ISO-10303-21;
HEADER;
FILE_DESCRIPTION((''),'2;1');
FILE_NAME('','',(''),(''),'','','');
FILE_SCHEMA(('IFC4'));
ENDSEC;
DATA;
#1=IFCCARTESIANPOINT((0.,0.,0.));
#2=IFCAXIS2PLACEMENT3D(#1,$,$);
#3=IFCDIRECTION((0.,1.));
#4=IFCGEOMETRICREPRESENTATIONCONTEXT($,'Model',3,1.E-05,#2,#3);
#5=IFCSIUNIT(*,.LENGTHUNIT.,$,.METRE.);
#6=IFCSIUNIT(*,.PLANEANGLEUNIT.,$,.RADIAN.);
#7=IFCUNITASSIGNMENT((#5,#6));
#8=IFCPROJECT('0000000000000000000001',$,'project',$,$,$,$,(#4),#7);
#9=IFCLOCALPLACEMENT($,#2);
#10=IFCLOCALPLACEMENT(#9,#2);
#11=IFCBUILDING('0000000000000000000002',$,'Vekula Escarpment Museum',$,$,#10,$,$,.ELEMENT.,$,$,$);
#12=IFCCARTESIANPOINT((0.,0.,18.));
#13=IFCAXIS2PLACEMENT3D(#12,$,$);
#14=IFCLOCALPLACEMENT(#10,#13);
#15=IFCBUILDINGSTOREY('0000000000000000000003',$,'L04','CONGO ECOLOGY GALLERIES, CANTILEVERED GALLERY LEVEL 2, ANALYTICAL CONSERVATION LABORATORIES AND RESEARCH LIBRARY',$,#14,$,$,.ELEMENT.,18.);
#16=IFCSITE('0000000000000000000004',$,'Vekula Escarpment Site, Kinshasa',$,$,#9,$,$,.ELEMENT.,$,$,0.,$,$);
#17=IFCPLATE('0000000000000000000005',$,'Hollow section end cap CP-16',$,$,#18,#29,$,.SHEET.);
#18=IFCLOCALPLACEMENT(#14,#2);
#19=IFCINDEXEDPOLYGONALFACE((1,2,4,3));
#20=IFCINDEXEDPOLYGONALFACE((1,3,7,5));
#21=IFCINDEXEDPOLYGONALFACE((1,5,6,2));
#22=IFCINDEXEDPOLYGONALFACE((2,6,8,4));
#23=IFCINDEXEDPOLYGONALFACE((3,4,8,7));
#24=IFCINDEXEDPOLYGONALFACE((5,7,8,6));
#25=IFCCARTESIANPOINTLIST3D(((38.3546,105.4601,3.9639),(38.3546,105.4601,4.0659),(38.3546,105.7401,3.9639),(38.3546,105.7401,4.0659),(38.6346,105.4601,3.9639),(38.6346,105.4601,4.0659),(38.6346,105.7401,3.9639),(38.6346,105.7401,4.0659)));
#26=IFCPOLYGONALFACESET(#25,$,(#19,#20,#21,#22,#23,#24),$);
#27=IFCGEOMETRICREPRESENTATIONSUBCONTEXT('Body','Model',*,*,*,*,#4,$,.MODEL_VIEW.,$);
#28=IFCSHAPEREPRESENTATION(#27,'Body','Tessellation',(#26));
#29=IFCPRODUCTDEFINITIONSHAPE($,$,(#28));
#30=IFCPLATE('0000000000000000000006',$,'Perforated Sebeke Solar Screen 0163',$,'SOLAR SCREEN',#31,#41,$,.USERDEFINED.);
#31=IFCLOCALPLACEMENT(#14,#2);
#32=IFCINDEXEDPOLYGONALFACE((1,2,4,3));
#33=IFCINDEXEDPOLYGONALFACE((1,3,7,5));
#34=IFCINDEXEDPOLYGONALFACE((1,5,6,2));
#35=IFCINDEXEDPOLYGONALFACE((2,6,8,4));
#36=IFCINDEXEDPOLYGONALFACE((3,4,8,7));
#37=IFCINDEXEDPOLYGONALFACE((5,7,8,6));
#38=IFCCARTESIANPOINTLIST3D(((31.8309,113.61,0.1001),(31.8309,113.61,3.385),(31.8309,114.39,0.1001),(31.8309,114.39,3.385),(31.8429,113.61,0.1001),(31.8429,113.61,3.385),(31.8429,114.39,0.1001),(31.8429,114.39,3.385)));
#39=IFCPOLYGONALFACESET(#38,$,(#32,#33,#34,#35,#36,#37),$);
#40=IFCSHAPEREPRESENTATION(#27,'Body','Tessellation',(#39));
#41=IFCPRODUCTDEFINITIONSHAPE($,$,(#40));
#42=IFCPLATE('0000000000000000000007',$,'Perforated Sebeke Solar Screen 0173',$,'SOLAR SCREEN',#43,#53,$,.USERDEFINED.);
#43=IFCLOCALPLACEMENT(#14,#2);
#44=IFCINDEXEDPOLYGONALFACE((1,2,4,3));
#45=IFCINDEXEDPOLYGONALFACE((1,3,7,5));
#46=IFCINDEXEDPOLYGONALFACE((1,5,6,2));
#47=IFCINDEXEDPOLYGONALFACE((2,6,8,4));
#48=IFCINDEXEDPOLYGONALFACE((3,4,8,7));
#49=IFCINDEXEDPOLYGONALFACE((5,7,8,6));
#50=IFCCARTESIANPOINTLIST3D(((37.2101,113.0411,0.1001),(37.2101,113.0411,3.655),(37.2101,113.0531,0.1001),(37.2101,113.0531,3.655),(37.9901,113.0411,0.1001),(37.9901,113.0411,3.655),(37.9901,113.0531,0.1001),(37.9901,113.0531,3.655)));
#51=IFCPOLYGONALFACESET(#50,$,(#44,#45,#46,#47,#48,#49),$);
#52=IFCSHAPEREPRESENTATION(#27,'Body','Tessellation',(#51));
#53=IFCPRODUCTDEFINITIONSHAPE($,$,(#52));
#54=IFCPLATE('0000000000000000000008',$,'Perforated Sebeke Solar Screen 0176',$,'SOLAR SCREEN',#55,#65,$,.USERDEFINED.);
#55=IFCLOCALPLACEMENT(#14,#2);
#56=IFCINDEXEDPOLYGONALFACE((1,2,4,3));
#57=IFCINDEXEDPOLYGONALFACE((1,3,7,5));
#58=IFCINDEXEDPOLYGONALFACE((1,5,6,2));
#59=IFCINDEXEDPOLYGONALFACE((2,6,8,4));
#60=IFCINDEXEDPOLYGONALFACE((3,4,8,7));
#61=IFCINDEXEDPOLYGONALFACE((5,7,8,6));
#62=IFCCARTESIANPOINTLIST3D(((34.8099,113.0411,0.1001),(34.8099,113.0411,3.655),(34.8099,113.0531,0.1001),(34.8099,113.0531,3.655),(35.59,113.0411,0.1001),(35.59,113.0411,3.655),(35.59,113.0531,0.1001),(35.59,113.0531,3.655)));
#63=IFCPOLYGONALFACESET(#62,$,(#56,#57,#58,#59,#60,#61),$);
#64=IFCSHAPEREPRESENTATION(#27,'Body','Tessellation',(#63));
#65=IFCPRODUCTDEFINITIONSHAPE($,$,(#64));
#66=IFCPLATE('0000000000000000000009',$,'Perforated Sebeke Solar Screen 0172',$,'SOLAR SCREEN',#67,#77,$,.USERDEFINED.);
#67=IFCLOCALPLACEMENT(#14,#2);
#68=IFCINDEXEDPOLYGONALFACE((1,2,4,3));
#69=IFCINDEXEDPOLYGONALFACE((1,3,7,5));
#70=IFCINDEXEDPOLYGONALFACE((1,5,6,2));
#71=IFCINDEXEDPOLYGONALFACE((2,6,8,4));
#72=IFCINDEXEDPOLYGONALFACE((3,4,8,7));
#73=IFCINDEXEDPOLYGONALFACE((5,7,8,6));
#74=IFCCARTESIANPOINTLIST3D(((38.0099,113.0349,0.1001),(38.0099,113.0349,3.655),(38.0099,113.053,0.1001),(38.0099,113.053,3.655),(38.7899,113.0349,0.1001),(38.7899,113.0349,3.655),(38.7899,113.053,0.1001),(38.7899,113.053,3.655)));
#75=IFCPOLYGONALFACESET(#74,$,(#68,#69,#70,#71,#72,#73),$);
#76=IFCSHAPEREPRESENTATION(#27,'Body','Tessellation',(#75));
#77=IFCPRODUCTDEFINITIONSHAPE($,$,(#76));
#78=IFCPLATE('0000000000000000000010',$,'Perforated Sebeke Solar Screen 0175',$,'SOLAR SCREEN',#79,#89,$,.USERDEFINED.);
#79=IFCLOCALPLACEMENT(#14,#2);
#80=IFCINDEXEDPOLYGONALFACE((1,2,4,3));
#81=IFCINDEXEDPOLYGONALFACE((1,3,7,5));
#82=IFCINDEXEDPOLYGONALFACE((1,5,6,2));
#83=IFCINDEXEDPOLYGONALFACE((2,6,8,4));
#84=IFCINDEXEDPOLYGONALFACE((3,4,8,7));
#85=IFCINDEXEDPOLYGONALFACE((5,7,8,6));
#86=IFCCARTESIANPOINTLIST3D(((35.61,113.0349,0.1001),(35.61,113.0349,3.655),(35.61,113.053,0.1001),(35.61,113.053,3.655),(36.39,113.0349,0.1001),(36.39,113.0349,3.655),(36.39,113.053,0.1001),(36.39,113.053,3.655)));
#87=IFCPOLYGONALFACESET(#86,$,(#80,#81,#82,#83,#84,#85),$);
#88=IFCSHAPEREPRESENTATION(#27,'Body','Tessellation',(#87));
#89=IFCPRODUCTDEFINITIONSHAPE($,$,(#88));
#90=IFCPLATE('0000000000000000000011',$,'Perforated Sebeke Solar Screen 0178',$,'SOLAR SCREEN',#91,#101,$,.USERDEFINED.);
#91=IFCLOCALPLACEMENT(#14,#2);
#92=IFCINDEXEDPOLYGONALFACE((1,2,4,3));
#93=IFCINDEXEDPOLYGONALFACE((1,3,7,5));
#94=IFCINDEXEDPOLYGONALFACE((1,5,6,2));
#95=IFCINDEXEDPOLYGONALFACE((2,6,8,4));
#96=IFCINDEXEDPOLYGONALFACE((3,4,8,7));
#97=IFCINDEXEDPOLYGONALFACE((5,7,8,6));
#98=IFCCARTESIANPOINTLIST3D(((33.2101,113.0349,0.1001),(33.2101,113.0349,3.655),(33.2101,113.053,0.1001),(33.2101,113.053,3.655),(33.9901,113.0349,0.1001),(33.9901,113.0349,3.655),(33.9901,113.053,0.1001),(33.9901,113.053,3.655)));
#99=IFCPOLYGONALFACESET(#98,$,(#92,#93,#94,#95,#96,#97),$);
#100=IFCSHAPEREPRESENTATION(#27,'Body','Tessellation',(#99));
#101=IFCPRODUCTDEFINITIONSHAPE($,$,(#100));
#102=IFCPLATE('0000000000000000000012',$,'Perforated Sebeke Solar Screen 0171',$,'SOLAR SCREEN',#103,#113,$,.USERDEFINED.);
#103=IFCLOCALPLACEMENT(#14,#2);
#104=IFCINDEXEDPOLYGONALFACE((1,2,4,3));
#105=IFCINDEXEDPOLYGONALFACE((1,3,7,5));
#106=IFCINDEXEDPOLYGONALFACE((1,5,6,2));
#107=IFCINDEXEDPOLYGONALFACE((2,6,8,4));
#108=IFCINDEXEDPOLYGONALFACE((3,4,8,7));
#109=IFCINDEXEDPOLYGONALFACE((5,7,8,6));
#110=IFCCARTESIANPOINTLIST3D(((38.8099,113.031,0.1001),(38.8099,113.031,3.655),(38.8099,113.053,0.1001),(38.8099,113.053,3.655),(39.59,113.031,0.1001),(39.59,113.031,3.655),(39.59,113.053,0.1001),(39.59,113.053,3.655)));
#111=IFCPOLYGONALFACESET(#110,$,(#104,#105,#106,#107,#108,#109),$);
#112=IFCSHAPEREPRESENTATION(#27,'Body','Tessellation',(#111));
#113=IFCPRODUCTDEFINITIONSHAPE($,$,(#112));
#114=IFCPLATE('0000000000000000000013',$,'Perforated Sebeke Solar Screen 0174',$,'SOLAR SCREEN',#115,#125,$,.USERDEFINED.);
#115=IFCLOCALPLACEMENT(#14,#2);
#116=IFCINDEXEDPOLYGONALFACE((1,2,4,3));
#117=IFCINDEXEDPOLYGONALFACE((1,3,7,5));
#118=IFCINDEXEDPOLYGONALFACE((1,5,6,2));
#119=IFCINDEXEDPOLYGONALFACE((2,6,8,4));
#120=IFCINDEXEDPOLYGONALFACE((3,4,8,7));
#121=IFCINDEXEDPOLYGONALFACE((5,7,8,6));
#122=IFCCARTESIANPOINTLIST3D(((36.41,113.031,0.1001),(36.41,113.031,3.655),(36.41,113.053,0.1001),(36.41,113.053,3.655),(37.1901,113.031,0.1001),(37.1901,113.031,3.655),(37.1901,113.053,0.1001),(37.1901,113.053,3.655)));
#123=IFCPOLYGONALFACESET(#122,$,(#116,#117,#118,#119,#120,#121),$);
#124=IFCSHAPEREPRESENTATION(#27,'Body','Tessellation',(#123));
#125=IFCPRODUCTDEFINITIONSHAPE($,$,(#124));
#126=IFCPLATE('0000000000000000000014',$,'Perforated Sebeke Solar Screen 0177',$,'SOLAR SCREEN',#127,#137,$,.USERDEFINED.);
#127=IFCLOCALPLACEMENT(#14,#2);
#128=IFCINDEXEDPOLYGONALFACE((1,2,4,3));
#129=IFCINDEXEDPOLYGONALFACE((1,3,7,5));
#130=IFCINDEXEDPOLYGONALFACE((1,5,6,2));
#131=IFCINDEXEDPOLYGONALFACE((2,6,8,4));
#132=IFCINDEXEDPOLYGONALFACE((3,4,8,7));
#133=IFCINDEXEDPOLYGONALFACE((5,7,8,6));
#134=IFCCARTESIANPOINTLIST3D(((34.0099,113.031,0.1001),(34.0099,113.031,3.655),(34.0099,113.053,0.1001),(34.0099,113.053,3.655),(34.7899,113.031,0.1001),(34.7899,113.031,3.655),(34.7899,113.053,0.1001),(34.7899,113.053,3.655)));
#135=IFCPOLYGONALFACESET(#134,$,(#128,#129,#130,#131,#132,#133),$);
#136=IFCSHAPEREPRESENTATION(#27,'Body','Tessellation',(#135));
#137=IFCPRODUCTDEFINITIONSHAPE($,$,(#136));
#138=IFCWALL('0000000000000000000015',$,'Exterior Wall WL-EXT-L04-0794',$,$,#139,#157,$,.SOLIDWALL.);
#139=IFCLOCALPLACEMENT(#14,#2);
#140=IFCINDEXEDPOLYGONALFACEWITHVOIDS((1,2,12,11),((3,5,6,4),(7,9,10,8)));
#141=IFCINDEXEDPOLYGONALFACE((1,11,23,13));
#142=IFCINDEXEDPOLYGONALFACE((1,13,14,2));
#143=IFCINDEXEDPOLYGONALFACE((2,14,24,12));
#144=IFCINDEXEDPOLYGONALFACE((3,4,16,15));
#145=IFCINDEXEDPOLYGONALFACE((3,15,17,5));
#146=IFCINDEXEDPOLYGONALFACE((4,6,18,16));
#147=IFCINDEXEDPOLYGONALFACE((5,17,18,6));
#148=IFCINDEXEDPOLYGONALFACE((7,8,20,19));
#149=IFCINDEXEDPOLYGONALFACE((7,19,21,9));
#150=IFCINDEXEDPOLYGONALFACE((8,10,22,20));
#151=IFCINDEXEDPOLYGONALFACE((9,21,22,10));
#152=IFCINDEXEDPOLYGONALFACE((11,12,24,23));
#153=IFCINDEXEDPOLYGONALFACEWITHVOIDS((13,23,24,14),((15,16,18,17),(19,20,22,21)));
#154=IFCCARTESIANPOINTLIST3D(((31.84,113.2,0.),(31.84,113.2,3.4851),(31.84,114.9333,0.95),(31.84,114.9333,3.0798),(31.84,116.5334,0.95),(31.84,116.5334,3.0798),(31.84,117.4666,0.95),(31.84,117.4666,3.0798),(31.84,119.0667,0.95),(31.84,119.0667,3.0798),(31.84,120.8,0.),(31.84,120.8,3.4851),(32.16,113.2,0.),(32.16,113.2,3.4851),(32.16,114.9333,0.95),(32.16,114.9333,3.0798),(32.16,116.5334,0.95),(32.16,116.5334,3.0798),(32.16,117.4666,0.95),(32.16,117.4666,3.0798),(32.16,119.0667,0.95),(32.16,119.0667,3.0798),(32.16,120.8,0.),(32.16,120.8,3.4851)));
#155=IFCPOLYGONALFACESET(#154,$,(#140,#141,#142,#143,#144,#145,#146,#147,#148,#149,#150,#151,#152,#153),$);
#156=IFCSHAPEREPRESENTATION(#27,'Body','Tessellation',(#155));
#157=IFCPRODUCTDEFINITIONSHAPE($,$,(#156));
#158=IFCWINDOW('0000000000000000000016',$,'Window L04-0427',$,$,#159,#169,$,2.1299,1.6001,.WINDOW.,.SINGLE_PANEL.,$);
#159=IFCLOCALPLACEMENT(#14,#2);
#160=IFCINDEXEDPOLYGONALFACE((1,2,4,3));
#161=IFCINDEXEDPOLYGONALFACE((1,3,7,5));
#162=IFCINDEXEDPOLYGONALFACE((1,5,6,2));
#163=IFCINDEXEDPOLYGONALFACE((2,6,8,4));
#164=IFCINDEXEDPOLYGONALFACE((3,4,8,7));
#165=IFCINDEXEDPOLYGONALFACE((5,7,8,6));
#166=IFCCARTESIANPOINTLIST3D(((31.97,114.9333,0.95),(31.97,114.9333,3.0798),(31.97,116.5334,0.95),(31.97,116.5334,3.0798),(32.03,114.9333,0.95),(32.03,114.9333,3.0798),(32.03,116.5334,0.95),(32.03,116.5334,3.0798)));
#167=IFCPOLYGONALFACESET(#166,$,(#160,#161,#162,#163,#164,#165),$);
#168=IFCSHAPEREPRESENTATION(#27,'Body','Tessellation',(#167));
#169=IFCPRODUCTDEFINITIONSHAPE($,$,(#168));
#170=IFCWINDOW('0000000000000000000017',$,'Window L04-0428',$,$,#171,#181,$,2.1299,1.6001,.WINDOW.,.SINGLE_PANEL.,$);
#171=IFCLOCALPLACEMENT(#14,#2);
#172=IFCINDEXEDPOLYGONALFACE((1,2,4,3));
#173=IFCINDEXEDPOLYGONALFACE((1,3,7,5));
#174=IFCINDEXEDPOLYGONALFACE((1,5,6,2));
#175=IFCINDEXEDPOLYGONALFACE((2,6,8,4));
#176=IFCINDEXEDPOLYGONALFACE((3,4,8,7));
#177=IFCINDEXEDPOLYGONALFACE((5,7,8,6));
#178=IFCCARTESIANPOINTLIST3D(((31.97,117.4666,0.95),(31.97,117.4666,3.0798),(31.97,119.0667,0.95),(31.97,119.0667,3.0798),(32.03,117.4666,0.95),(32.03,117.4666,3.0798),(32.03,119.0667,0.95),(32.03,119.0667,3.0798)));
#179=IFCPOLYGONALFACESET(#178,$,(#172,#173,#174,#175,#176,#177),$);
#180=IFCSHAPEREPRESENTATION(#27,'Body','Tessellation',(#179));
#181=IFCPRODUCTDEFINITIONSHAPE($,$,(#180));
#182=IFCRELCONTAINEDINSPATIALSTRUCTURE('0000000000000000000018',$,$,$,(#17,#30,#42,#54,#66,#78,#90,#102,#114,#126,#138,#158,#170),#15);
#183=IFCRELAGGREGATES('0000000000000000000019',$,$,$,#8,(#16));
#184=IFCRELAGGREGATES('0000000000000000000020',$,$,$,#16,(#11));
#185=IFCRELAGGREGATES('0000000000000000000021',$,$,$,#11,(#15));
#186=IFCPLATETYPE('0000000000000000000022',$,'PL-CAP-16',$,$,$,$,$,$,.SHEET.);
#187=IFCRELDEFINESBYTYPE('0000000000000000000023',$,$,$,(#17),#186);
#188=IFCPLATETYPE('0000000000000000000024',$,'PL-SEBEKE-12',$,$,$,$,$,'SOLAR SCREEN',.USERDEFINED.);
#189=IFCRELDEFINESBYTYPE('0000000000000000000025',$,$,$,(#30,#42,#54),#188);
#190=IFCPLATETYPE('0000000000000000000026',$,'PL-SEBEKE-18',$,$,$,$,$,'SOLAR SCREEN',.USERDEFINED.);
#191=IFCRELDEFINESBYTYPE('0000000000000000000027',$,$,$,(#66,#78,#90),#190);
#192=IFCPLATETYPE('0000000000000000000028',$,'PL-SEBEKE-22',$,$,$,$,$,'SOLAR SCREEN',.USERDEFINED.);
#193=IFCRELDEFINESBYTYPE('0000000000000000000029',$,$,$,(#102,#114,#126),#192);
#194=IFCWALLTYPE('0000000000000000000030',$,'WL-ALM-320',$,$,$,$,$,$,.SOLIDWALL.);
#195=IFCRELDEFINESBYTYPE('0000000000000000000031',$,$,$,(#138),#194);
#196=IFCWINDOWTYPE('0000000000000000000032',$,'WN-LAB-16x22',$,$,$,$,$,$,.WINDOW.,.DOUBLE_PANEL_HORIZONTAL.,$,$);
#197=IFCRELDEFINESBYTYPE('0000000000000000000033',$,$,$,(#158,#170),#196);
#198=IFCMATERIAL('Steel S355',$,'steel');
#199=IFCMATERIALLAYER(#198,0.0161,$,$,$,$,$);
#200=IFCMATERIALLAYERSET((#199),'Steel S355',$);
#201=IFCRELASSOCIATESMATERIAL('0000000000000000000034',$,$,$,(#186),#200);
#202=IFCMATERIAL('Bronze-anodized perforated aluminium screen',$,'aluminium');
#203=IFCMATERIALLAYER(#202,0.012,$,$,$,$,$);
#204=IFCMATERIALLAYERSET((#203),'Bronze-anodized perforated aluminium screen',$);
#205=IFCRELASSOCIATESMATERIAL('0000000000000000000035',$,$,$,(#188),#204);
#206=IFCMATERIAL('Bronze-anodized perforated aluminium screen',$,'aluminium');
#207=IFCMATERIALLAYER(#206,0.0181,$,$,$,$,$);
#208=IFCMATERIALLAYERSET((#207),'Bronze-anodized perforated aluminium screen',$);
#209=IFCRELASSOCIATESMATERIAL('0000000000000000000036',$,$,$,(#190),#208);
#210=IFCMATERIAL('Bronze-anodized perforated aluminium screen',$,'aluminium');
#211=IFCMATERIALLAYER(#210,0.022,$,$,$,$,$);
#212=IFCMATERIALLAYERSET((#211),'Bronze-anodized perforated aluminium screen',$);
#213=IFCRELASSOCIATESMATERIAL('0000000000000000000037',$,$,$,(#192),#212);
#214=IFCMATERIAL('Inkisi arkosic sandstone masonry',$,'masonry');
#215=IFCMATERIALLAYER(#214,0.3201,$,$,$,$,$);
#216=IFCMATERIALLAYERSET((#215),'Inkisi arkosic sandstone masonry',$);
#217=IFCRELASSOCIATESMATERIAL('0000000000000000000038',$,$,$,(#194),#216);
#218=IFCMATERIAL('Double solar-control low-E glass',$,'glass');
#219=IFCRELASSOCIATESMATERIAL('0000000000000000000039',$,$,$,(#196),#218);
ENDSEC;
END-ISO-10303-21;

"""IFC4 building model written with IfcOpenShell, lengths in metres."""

from ifc_helpers import new_model, si_unit, direction, frame, frame_2d, origin, origin_2d, place, context, subcontext, project, spatial, rectangle, extrude, material, layer, layer_set, type_object, element, fill, save


model = new_model("IFC4")

# Units and contexts
model_context = context("Model", 3, precision=1e-05, world=origin(), true_north=direction((0.0, 1.0)))
body_context = subcontext(model_context, "Body", "Model", "MODEL_VIEW")
ifc_project = project(units=[si_unit("LENGTHUNIT", "METRE"), si_unit("PLANEANGLEUNIT", "RADIAN")], contexts=[model_context])

# Site, building, storey
site_placement = place(None, origin())
site = spatial("IfcSite", under=ifc_project, at=site_placement, Name="Vekula Escarpment Site, Kinshasa", CompositionType="ELEMENT", RefElevation=0.0)
building_placement = place(site_placement, origin())
building = spatial("IfcBuilding", under=site, at=building_placement, Name="Vekula Escarpment Museum", CompositionType="ELEMENT")
storey_placement = place(building_placement, frame((0.0, 0.0, 18.0)))
storey = spatial("IfcBuildingStorey", under=building, at=storey_placement, Name="L04", Description="CONGO ECOLOGY GALLERIES, CANTILEVERED GALLERY LEVEL 2, ANALYTICAL CONSERVATION LABORATORIES AND RESEARCH LIBRARY", CompositionType="ELEMENT", Elevation=18.0)

# Plates
ifc_material_1 = material(Name="Steel S355", Category="steel")
ifc_layer_1 = layer(ifc_material_1, 0.0161)
ifc_layer_set_1 = layer_set([ifc_layer_1], Name="Steel S355")
plate_type_1 = type_object("IfcPlateType", Name="PL-CAP-16", PredefinedType="SHEET", material=ifc_layer_set_1)
for number, where, z_axis, x_axis, name in (
    (1, (38.4946, 105.6001, 3.9639), (0.0, 0.0, 1.0), (1.0, 0.0, 0.0), "Hollow section end cap CP-16"),
):
    element("IfcPlate", number, at=place(storey_placement, frame(where, z_axis=z_axis, x_axis=x_axis)), inside=storey, type_object=plate_type_1, Name=name, PredefinedType="SHEET", context=body_context, shape_type="SweptSolid", body=[
        extrude(rectangle(XDim=0.28, YDim=0.28, at=origin_2d()), origin(), (0.0, 0.0, 1.0), 0.1021),
    ])
ifc_material_2 = material(Name="Bronze-anodized perforated aluminium screen", Category="aluminium")
ifc_layer_2 = layer(ifc_material_2, 0.012)
ifc_layer_set_2 = layer_set([ifc_layer_2], Name="Bronze-anodized perforated aluminium screen")
plate_type_2 = type_object("IfcPlateType", Name="PL-SEBEKE-12", ElementType="SOLAR SCREEN", PredefinedType="USERDEFINED", material=ifc_layer_set_2)
plate_placement = place(storey_placement, frame((31.8369, 114.0, 0.1001), z_axis=(0.0, 0.0, 1.0), x_axis=(0.0, 1.0, 0.0)))
element("IfcPlate", 2, at=plate_placement, inside=storey, type_object=plate_type_2, Name="Perforated Sebeke Solar Screen 0163", ObjectType="SOLAR SCREEN", PredefinedType="USERDEFINED", context=body_context, shape_type="SweptSolid", body=[
    extrude(rectangle(XDim=0.78, YDim=0.012, at=origin_2d()), origin(), (0.0, 0.0, 1.0), 3.2849),
])
for number, where, z_axis, x_axis, name in (
    (3, (37.6001, 113.0471, 0.1001), (0.0, 0.0, 1.0), (1.0, 0.0, 0.0), "Perforated Sebeke Solar Screen 0173"),
    (4, (35.2, 113.0471, 0.1001), (0.0, 0.0, 1.0), (1.0, 0.0, 0.0), "Perforated Sebeke Solar Screen 0176"),
):
    element("IfcPlate", number, at=place(storey_placement, frame(where, z_axis=z_axis, x_axis=x_axis)), inside=storey, type_object=plate_type_2, Name=name, ObjectType="SOLAR SCREEN", PredefinedType="USERDEFINED", context=body_context, shape_type="SweptSolid", body=[
        extrude(rectangle(XDim=0.78, YDim=0.012, at=origin_2d()), origin(), (0.0, 0.0, 1.0), 3.5549),
    ])
ifc_material_3 = material(Name="Bronze-anodized perforated aluminium screen", Category="aluminium")
ifc_layer_3 = layer(ifc_material_3, 0.0181)
ifc_layer_set_3 = layer_set([ifc_layer_3], Name="Bronze-anodized perforated aluminium screen")
plate_type_3 = type_object("IfcPlateType", Name="PL-SEBEKE-18", ElementType="SOLAR SCREEN", PredefinedType="USERDEFINED", material=ifc_layer_set_3)
for number, where, z_axis, x_axis, name in (
    (5, (38.3999, 113.0439, 0.1001), (0.0, 0.0, 1.0), (1.0, 0.0, 0.0), "Perforated Sebeke Solar Screen 0172"),
    (6, (36.0, 113.0439, 0.1001), (0.0, 0.0, 1.0), (1.0, 0.0, 0.0), "Perforated Sebeke Solar Screen 0175"),
    (7, (33.6001, 113.0439, 0.1001), (0.0, 0.0, 1.0), (1.0, 0.0, 0.0), "Perforated Sebeke Solar Screen 0178"),
):
    element("IfcPlate", number, at=place(storey_placement, frame(where, z_axis=z_axis, x_axis=x_axis)), inside=storey, type_object=plate_type_3, Name=name, ObjectType="SOLAR SCREEN", PredefinedType="USERDEFINED", context=body_context, shape_type="SweptSolid", body=[
        extrude(rectangle(XDim=0.78, YDim=0.0181, at=origin_2d()), origin(), (0.0, 0.0, 1.0), 3.5549),
    ])
ifc_material_4 = material(Name="Bronze-anodized perforated aluminium screen", Category="aluminium")
ifc_layer_4 = layer(ifc_material_4, 0.022)
ifc_layer_set_4 = layer_set([ifc_layer_4], Name="Bronze-anodized perforated aluminium screen")
plate_type_4 = type_object("IfcPlateType", Name="PL-SEBEKE-22", ElementType="SOLAR SCREEN", PredefinedType="USERDEFINED", material=ifc_layer_set_4)
for number, where, z_axis, x_axis, name in (
    (8, (39.2, 113.042, 0.1001), (0.0, 0.0, 1.0), (1.0, 0.0, 0.0), "Perforated Sebeke Solar Screen 0171"),
    (9, (36.8, 113.042, 0.1001), (0.0, 0.0, 1.0), (1.0, 0.0, 0.0), "Perforated Sebeke Solar Screen 0174"),
    (10, (34.3999, 113.042, 0.1001), (0.0, 0.0, 1.0), (1.0, 0.0, 0.0), "Perforated Sebeke Solar Screen 0177"),
):
    element("IfcPlate", number, at=place(storey_placement, frame(where, z_axis=z_axis, x_axis=x_axis)), inside=storey, type_object=plate_type_4, Name=name, ObjectType="SOLAR SCREEN", PredefinedType="USERDEFINED", context=body_context, shape_type="SweptSolid", body=[
        extrude(rectangle(XDim=0.78, YDim=0.022, at=origin_2d()), origin(), (0.0, 0.0, 1.0), 3.5549),
    ])

# Wall, openings, windows
ifc_material_5 = material(Name="Inkisi arkosic sandstone masonry", Category="masonry")
ifc_layer_5 = layer(ifc_material_5, 0.3201)
ifc_layer_set_5 = layer_set([ifc_layer_5], Name="Inkisi arkosic sandstone masonry")
wall_type = type_object("IfcWallType", Name="WL-ALM-320", PredefinedType="SOLIDWALL", material=ifc_layer_set_5)
wall_placement = place(storey_placement, frame((32.0, 113.2, 0.0), z_axis=(0.0, 0.0, 1.0), x_axis=(0.0, 1.0, 0.0)))
wall = element("IfcWall", 11, at=wall_placement, inside=storey, type_object=wall_type, Name="Exterior Wall WL-EXT-L04-0794", PredefinedType="SOLIDWALL", context=body_context, shape_type="SweptSolid", body=[
    extrude(rectangle(XDim=7.6001, YDim=0.3201, at=frame_2d((3.8, 0.0))), origin(), (0.0, 0.0, 1.0), 3.4851),
])
opening_1_placement = place(wall_placement, frame((1.7334, 0.0, 0.95)))
opening_1 = element("IfcOpeningElement", 12, at=opening_1_placement, cuts=wall, PredefinedType="OPENING", context=body_context, shape_type="SweptSolid", body=[
    extrude(rectangle(XDim=1.6001, YDim=2.1299, at=frame_2d((0.8, 1.0649))), frame((0.0, 0.1699, 0.0), z_axis=(0.0, -1.0, 0.0), x_axis=(1.0, 0.0, 0.0)), (0.0, 0.0, 1.0), 0.3401),
])
opening_2_placement = place(wall_placement, frame((4.2666, 0.0, 0.95)))
opening_2 = element("IfcOpeningElement", 13, at=opening_2_placement, cuts=wall, PredefinedType="OPENING", context=body_context, shape_type="SweptSolid", body=[
    extrude(rectangle(XDim=1.6001, YDim=2.1299, at=frame_2d((0.8, 1.0649))), frame((0.0, 0.1699, 0.0), z_axis=(0.0, -1.0, 0.0), x_axis=(1.0, 0.0, 0.0)), (0.0, 0.0, 1.0), 0.3401),
])
ifc_material_6 = material(Name="Double solar-control low-E glass", Category="glass")
window_type = type_object("IfcWindowType", Name="WN-LAB-16x22", PartitioningType="DOUBLE_PANEL_HORIZONTAL", PredefinedType="WINDOW", material=ifc_material_6)
window_1_placement = place(opening_1_placement, origin())
window_1 = element("IfcWindow", 14, at=window_1_placement, inside=storey, type_object=window_type, Name="Window L04-0427", OverallHeight=2.1299, OverallWidth=1.6001, PartitioningType="SINGLE_PANEL", PredefinedType="WINDOW", context=body_context, shape_type="SweptSolid", body=[
    extrude(rectangle(XDim=1.6001, YDim=2.1299, at=frame_2d((0.8, 1.0649))), frame((0.0, 0.03, 0.0), z_axis=(0.0, -1.0, 0.0), x_axis=(1.0, 0.0, 0.0)), (0.0, 0.0, 1.0), 0.0601),
])
fill(opening_1, window_1)
window_2_placement = place(opening_2_placement, origin())
window_2 = element("IfcWindow", 15, at=window_2_placement, inside=storey, type_object=window_type, Name="Window L04-0428", OverallHeight=2.1299, OverallWidth=1.6001, PartitioningType="SINGLE_PANEL", PredefinedType="WINDOW", context=body_context, shape_type="SweptSolid", body=[
    extrude(rectangle(XDim=1.6001, YDim=2.1299, at=frame_2d((0.8, 1.0649))), frame((0.0, 0.03, 0.0), z_axis=(0.0, -1.0, 0.0), x_axis=(1.0, 0.0, 0.0)), (0.0, 0.0, 1.0), 0.0601),
])
fill(opening_2, window_2)

save(model, "model.ifc")
